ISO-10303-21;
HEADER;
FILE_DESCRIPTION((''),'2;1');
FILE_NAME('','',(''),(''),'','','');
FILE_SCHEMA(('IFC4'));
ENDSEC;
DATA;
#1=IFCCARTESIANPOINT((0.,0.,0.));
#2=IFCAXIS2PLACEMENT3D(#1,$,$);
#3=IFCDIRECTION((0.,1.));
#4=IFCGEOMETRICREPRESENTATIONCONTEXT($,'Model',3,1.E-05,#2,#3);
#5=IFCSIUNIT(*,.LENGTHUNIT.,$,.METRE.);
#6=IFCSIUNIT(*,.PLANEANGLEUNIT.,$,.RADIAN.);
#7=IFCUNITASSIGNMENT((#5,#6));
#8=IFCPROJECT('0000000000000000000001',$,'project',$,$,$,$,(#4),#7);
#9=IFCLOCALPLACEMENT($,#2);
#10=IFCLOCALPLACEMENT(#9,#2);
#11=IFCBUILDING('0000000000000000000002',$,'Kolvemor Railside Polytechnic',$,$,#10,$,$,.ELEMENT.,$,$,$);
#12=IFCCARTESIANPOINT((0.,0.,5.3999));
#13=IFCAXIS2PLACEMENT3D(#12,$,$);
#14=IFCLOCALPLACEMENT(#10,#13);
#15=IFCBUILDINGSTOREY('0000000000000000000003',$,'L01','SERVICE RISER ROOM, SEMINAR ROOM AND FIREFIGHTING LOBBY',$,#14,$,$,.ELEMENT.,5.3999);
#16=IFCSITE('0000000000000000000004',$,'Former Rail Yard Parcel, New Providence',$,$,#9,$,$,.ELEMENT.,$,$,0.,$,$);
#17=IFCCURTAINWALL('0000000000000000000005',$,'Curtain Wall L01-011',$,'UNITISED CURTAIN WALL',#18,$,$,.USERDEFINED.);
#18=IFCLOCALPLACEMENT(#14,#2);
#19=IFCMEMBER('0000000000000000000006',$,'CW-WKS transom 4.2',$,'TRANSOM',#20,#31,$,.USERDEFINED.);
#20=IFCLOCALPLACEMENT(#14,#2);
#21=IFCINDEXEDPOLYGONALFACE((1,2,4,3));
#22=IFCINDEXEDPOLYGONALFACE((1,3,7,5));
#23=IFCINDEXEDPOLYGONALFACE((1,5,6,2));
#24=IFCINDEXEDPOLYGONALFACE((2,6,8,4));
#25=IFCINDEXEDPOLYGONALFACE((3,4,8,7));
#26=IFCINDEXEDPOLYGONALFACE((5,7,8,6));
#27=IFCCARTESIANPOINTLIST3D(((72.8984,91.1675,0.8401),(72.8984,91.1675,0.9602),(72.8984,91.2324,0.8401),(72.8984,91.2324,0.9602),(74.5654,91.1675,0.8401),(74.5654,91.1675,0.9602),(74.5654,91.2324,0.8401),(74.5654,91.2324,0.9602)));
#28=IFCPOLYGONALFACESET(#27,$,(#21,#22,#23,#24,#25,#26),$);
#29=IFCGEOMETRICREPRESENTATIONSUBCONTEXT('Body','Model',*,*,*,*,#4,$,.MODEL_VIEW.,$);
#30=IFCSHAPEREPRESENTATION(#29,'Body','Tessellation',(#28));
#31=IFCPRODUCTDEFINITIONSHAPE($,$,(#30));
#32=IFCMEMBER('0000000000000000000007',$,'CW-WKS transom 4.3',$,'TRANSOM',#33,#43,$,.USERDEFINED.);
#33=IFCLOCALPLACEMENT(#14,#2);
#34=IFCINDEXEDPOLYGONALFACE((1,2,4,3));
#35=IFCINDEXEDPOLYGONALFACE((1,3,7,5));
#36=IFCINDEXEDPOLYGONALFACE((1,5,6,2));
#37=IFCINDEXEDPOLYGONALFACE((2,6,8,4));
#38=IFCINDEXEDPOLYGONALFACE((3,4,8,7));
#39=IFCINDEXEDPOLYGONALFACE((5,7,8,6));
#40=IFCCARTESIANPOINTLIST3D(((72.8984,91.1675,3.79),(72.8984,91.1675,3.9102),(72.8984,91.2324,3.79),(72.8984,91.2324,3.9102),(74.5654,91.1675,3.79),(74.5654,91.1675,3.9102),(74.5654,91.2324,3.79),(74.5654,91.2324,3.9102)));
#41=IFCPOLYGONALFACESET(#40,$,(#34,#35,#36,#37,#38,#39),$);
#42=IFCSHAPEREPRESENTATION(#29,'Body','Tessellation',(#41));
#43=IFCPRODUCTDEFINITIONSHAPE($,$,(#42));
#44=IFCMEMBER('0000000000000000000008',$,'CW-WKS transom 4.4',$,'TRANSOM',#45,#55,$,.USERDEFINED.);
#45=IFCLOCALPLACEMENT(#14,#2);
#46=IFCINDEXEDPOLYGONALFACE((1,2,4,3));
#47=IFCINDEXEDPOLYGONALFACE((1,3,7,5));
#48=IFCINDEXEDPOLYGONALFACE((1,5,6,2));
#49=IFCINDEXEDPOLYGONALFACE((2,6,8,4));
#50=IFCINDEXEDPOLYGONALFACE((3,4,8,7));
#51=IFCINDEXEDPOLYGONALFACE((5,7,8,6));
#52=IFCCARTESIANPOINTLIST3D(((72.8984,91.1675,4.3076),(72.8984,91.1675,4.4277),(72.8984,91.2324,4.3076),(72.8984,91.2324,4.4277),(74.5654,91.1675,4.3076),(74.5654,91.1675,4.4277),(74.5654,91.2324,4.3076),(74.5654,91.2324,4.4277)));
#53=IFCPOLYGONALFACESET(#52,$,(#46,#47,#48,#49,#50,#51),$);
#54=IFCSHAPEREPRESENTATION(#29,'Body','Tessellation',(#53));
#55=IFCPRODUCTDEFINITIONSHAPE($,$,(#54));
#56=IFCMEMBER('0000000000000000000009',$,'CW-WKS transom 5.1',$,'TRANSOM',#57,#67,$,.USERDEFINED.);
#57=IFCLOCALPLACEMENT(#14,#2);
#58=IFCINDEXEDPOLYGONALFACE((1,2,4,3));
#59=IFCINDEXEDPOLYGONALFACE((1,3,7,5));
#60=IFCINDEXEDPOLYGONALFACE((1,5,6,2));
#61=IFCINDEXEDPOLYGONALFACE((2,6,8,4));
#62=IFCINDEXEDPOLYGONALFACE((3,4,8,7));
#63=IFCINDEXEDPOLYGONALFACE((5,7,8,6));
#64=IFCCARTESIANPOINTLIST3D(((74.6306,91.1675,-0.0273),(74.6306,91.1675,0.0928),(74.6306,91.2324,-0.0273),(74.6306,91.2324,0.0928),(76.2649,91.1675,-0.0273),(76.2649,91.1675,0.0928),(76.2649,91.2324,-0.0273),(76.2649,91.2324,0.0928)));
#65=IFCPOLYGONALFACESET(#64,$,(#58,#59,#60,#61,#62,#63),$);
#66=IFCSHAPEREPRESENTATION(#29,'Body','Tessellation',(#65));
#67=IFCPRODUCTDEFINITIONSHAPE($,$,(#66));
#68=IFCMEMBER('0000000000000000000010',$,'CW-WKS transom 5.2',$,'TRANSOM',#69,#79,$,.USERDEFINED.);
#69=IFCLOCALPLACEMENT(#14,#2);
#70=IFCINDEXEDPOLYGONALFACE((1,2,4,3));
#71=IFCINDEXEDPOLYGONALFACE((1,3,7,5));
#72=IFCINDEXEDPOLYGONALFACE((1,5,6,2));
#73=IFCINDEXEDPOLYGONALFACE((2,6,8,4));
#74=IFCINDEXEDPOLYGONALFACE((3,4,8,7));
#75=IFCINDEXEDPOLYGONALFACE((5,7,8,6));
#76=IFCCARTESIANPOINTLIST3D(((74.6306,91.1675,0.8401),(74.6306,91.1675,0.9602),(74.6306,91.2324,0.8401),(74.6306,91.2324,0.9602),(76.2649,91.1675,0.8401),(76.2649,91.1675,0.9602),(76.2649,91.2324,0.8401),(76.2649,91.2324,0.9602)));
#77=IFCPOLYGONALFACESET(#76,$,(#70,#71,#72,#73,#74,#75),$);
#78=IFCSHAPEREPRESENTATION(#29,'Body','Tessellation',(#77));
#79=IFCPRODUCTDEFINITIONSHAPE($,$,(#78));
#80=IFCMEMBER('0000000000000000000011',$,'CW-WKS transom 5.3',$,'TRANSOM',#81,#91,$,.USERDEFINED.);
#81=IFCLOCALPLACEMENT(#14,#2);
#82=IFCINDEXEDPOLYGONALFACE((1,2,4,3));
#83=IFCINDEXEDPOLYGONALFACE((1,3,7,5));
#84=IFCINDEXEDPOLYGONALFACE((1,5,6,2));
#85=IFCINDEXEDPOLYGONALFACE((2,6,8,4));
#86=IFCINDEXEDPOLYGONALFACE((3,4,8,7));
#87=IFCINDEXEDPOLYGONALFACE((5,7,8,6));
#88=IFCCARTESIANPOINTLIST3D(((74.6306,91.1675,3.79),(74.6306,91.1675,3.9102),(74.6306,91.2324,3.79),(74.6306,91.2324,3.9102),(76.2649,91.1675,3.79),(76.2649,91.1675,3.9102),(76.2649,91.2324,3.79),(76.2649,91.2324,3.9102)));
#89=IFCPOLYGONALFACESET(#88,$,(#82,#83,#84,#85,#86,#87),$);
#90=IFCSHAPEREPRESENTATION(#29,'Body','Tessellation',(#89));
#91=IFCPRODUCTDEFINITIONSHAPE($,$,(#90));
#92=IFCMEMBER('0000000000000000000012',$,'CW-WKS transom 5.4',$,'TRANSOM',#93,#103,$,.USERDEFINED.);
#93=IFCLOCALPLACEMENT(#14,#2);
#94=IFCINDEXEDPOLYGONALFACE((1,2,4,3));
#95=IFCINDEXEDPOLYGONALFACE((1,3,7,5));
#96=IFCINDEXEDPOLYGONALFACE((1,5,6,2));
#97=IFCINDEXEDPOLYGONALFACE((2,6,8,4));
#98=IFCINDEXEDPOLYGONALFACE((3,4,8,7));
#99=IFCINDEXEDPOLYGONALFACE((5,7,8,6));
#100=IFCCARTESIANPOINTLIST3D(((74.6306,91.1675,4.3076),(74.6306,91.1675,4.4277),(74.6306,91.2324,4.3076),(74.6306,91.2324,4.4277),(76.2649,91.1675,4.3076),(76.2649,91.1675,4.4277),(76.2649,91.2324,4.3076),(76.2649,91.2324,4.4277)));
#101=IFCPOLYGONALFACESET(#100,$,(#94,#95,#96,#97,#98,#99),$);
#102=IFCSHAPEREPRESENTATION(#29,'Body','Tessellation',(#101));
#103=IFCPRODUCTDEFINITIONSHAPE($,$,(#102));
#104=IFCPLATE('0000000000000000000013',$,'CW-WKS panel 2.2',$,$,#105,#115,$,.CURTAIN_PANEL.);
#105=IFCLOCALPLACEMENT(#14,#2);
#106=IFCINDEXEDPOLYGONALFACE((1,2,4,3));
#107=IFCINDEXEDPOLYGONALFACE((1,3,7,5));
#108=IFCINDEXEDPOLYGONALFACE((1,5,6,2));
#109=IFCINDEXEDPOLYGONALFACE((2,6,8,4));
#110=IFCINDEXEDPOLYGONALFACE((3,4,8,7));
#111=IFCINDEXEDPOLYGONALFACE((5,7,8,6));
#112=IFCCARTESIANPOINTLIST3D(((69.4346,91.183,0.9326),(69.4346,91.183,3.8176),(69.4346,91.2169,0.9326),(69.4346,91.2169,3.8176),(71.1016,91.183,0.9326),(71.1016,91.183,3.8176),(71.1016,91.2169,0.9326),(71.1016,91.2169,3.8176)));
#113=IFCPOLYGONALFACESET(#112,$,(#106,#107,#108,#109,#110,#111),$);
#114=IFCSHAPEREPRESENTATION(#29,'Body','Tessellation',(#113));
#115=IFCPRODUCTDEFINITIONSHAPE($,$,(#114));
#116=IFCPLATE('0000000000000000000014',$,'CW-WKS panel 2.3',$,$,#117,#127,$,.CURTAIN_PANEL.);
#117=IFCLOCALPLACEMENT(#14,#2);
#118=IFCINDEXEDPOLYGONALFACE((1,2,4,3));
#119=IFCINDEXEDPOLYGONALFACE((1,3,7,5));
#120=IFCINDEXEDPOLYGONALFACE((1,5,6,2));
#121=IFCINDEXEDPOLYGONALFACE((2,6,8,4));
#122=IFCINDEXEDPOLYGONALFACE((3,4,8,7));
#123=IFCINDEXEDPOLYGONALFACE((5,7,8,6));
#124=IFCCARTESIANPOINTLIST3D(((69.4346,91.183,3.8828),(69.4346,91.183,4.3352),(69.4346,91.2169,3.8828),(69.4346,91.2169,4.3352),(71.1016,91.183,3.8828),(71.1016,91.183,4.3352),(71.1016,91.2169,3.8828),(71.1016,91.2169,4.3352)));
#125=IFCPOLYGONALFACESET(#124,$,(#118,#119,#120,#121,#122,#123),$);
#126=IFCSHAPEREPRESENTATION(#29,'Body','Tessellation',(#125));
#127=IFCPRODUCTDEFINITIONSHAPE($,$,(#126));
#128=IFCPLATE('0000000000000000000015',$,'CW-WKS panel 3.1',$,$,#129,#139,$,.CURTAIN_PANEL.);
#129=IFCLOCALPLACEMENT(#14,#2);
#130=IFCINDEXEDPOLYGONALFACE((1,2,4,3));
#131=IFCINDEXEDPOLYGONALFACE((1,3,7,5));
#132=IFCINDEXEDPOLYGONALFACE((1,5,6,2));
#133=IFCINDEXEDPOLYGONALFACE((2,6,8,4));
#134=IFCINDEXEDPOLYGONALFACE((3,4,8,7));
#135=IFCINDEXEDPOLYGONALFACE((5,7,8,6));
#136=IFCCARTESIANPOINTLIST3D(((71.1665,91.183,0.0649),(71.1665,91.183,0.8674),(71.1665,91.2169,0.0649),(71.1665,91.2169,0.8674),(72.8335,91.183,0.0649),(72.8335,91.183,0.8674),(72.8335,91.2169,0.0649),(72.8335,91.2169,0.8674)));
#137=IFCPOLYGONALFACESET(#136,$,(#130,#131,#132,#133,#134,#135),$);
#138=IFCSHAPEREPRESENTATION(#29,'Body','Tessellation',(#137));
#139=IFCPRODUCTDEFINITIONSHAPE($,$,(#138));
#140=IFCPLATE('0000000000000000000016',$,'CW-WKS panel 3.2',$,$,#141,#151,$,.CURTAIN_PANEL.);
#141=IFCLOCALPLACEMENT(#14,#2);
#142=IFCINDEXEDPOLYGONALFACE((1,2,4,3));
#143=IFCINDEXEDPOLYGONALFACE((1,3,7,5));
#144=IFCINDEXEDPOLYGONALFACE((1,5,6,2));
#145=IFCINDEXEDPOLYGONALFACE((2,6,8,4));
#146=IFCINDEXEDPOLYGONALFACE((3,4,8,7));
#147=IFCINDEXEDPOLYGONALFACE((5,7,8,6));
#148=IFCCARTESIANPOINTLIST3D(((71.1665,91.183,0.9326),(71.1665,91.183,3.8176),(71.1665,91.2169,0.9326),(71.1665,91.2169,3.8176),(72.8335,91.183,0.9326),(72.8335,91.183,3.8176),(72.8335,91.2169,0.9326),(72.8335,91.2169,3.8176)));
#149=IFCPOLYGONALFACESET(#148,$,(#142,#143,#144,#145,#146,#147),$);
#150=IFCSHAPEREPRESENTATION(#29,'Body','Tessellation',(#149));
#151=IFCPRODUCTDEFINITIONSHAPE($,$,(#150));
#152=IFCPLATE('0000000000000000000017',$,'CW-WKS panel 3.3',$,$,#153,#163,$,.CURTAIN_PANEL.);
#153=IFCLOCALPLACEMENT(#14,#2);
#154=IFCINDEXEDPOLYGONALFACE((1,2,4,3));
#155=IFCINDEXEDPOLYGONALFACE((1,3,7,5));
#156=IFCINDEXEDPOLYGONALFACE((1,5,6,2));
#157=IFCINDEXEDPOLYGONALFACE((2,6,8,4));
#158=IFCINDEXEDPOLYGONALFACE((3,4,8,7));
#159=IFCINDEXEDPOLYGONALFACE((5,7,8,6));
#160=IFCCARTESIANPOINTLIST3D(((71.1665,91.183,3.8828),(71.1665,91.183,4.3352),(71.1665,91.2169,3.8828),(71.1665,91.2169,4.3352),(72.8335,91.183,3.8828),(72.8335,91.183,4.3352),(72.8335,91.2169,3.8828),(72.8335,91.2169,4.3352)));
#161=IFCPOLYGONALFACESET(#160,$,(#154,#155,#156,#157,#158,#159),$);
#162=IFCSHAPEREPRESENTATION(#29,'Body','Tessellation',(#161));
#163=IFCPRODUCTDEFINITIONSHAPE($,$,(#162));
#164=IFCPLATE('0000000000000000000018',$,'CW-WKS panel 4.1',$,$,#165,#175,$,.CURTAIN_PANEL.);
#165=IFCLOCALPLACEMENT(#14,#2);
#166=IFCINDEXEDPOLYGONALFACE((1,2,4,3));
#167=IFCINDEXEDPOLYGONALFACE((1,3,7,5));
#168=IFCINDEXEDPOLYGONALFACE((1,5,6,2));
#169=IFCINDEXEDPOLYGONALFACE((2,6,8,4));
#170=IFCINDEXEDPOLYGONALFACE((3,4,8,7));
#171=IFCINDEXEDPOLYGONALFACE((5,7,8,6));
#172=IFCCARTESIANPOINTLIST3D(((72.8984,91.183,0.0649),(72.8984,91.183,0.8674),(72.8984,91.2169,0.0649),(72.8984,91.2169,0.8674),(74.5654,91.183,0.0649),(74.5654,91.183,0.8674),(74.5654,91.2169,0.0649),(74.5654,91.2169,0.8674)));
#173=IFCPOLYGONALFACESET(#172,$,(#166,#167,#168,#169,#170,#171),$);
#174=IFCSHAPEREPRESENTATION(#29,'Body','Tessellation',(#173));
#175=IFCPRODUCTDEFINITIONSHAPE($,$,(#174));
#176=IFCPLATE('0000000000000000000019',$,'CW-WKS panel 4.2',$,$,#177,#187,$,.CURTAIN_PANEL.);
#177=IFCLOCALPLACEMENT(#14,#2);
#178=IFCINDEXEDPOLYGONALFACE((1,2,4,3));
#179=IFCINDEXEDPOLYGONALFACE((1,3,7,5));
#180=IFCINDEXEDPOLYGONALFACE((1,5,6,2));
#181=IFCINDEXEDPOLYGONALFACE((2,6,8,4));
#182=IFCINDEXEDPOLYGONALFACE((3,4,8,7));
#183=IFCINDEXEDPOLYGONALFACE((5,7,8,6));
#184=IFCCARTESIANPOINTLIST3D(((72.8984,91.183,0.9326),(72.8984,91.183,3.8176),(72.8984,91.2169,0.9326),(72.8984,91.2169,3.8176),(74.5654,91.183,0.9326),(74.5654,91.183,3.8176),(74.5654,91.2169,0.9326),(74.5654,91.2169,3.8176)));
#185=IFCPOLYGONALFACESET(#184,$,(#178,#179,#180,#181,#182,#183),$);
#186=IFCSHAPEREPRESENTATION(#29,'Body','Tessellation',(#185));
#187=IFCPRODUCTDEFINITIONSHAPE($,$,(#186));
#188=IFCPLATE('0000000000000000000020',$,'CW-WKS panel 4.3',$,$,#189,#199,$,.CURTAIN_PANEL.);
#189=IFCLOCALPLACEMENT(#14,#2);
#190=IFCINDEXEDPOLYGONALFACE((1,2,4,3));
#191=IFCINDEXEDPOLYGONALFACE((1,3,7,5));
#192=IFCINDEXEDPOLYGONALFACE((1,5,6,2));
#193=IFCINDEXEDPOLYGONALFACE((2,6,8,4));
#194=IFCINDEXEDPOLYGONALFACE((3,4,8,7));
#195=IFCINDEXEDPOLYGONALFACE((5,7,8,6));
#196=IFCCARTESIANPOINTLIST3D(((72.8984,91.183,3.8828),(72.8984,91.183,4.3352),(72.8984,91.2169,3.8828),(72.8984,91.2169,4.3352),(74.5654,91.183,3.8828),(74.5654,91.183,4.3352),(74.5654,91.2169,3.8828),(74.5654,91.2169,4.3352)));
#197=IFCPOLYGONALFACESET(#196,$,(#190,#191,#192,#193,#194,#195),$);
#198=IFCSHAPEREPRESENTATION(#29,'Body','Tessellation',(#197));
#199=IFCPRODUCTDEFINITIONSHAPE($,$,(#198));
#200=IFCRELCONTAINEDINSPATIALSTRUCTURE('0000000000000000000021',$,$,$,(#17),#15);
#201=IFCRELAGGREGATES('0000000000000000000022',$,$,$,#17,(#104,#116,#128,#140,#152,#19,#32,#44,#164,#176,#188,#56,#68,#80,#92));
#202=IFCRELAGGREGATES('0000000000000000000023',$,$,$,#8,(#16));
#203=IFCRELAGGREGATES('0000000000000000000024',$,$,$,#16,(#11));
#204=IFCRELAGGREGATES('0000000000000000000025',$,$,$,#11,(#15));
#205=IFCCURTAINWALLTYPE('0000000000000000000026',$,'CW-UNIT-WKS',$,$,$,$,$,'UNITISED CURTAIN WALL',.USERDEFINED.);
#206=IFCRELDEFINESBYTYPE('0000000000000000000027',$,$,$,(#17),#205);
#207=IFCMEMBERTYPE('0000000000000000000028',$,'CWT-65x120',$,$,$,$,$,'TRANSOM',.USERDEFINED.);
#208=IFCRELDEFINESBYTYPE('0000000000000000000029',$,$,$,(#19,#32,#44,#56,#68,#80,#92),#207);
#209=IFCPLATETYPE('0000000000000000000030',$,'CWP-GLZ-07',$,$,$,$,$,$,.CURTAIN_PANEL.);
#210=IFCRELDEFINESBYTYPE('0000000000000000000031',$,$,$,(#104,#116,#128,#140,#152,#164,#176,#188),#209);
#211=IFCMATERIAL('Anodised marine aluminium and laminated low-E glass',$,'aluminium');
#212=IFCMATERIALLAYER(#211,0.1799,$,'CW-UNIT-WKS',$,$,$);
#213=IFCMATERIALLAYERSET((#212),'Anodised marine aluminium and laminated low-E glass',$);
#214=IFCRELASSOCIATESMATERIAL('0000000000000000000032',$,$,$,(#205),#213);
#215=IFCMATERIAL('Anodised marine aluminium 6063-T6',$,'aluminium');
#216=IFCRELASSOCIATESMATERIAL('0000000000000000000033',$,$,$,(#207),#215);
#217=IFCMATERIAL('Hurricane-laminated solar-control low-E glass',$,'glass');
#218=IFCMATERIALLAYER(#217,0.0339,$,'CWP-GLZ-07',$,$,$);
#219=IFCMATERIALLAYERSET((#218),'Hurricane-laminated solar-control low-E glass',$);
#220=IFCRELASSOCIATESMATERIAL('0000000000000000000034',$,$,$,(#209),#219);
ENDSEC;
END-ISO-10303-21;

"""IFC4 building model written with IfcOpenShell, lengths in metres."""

from ifc_helpers import new_model, si_unit, direction, frame, origin, origin_2d, place, context, subcontext, project, spatial, rectangle, extrude, material, layer, layer_set, material_profile, profile_set, type_object, element, aggregate, save


model = new_model("IFC4")

# Units and contexts
model_context = context("Model", 3, precision=1e-05, world=origin(), true_north=direction((0.0, 1.0)))
body_context = subcontext(model_context, "Body", "Model", "MODEL_VIEW")
ifc_project = project(units=[si_unit("LENGTHUNIT", "METRE"), si_unit("PLANEANGLEUNIT", "RADIAN")], contexts=[model_context])

# Site, building, storey
site_placement = place(None, origin())
site = spatial("IfcSite", under=ifc_project, at=site_placement, Name="Former Rail Yard Parcel, New Providence", CompositionType="ELEMENT", RefElevation=0.0)
building_placement = place(site_placement, origin())
building = spatial("IfcBuilding", under=site, at=building_placement, Name="Kolvemor Railside Polytechnic", CompositionType="ELEMENT")
storey_placement = place(building_placement, frame((0.0, 0.0, 5.3999)))
storey = spatial("IfcBuildingStorey", under=building, at=storey_placement, Name="L01", Description="SERVICE RISER ROOM, SEMINAR ROOM AND FIREFIGHTING LOBBY", CompositionType="ELEMENT", Elevation=5.3999)

# Curtain wall, members, plates
ifc_material_1 = material(Name="Anodised marine aluminium and laminated low-E glass", Category="aluminium")
ifc_layer_1 = layer(ifc_material_1, 0.1799, Name="CW-UNIT-WKS")
ifc_layer_set_1 = layer_set([ifc_layer_1], Name="Anodised marine aluminium and laminated low-E glass")
curtain_wall_type = type_object("IfcCurtainWallType", Name="CW-UNIT-WKS", ElementType="UNITISED CURTAIN WALL", PredefinedType="USERDEFINED", material=ifc_layer_set_1)
curtain_wall_placement = place(storey_placement, origin())
curtain_wall = element("IfcCurtainWall", 1, at=curtain_wall_placement, inside=storey, type_object=curtain_wall_type, Name="Curtain Wall L01-011", ObjectType="UNITISED CURTAIN WALL", PredefinedType="USERDEFINED")
ifc_material_2 = material(Name="Anodised marine aluminium 6063-T6", Category="aluminium")
ifc_material_profile_1 = material_profile(ifc_material_2, rectangle(XDim=0.0649, YDim=0.1201, at=origin_2d()), Name="CW-TRN-65x120")
ifc_profile_set_1 = profile_set([ifc_material_profile_1], Name="Anodised marine aluminium 6063-T6")
member_type_1 = type_object("IfcMemberType", Name="CWT-65x120", ElementType="TRANSOM", PredefinedType="USERDEFINED", material=ifc_profile_set_1)
member_1_placement = place(storey_placement, frame((72.8984, 91.2, 0.9001), z_axis=(1.0, 0.0, 0.0), x_axis=(0.0, 1.0, 0.0)))
member_1 = element("IfcMember", 2, at=member_1_placement, type_object=member_type_1, Name="CW-WKS transom 4.2", ObjectType="TRANSOM", PredefinedType="USERDEFINED", context=body_context, shape_type="SweptSolid", body=[
    extrude(rectangle(XDim=0.0649, YDim=0.1201, at=origin_2d()), origin(), (0.0, 0.0, 1.0), 1.667),
])
member_2_placement = place(storey_placement, frame((72.8984, 91.2, 3.8501), z_axis=(1.0, 0.0, 0.0), x_axis=(0.0, 1.0, 0.0)))
member_2 = element("IfcMember", 3, at=member_2_placement, type_object=member_type_1, Name="CW-WKS transom 4.3", ObjectType="TRANSOM", PredefinedType="USERDEFINED", context=body_context, shape_type="SweptSolid", body=[
    extrude(rectangle(XDim=0.0649, YDim=0.1201, at=origin_2d()), origin(), (0.0, 0.0, 1.0), 1.667),
])
member_3_placement = place(storey_placement, frame((72.8984, 91.2, 4.3677), z_axis=(1.0, 0.0, 0.0), x_axis=(0.0, 1.0, 0.0)))
member_3 = element("IfcMember", 4, at=member_3_placement, type_object=member_type_1, Name="CW-WKS transom 4.4", ObjectType="TRANSOM", PredefinedType="USERDEFINED", context=body_context, shape_type="SweptSolid", body=[
    extrude(rectangle(XDim=0.0649, YDim=0.1201, at=origin_2d()), origin(), (0.0, 0.0, 1.0), 1.667),
])
member_4_placement = place(storey_placement, frame((74.6306, 91.2, 0.0327), z_axis=(1.0, 0.0, 0.0), x_axis=(0.0, 1.0, 0.0)))
member_4 = element("IfcMember", 5, at=member_4_placement, type_object=member_type_1, Name="CW-WKS transom 5.1", ObjectType="TRANSOM", PredefinedType="USERDEFINED", context=body_context, shape_type="SweptSolid", body=[
    extrude(rectangle(XDim=0.0649, YDim=0.1201, at=origin_2d()), origin(), (0.0, 0.0, 1.0), 1.6343),
])
member_5_placement = place(storey_placement, frame((74.6306, 91.2, 0.9001), z_axis=(1.0, 0.0, 0.0), x_axis=(0.0, 1.0, 0.0)))
member_5 = element("IfcMember", 6, at=member_5_placement, type_object=member_type_1, Name="CW-WKS transom 5.2", ObjectType="TRANSOM", PredefinedType="USERDEFINED", context=body_context, shape_type="SweptSolid", body=[
    extrude(rectangle(XDim=0.0649, YDim=0.1201, at=origin_2d()), origin(), (0.0, 0.0, 1.0), 1.6343),
])
member_6_placement = place(storey_placement, frame((74.6306, 91.2, 3.8501), z_axis=(1.0, 0.0, 0.0), x_axis=(0.0, 1.0, 0.0)))
member_6 = element("IfcMember", 7, at=member_6_placement, type_object=member_type_1, Name="CW-WKS transom 5.3", ObjectType="TRANSOM", PredefinedType="USERDEFINED", context=body_context, shape_type="SweptSolid", body=[
    extrude(rectangle(XDim=0.0649, YDim=0.1201, at=origin_2d()), origin(), (0.0, 0.0, 1.0), 1.6343),
])
member_7_placement = place(storey_placement, frame((74.6306, 91.2, 4.3677), z_axis=(1.0, 0.0, 0.0), x_axis=(0.0, 1.0, 0.0)))
member_7 = element("IfcMember", 8, at=member_7_placement, type_object=member_type_1, Name="CW-WKS transom 5.4", ObjectType="TRANSOM", PredefinedType="USERDEFINED", context=body_context, shape_type="SweptSolid", body=[
    extrude(rectangle(XDim=0.0649, YDim=0.1201, at=origin_2d()), origin(), (0.0, 0.0, 1.0), 1.6343),
])
ifc_material_3 = material(Name="Hurricane-laminated solar-control low-E glass", Category="glass")
ifc_layer_2 = layer(ifc_material_3, 0.0339, Name="CWP-GLZ-07")
ifc_layer_set_2 = layer_set([ifc_layer_2], Name="Hurricane-laminated solar-control low-E glass")
plate_type = type_object("IfcPlateType", Name="CWP-GLZ-07", PredefinedType="CURTAIN_PANEL", material=ifc_layer_set_2)
plate_1_placement = place(storey_placement, frame((70.2681, 91.2, 0.9326), z_axis=(0.0, 0.0, 1.0), x_axis=(1.0, 0.0, 0.0)))
plate_1 = element("IfcPlate", 9, at=plate_1_placement, type_object=plate_type, Name="CW-WKS panel 2.2", PredefinedType="CURTAIN_PANEL", context=body_context, shape_type="SweptSolid", body=[
    extrude(rectangle(XDim=1.667, YDim=0.0339, at=origin_2d()), origin(), (0.0, 0.0, 1.0), 2.885),
])
plate_2_placement = place(storey_placement, frame((70.2681, 91.2, 3.8828), z_axis=(0.0, 0.0, 1.0), x_axis=(1.0, 0.0, 0.0)))
plate_2 = element("IfcPlate", 10, at=plate_2_placement, type_object=plate_type, Name="CW-WKS panel 2.3", PredefinedType="CURTAIN_PANEL", context=body_context, shape_type="SweptSolid", body=[
    extrude(rectangle(XDim=1.667, YDim=0.0339, at=origin_2d()), origin(), (0.0, 0.0, 1.0), 0.4524),
])
plate_3_placement = place(storey_placement, frame((72.0, 91.2, 0.0649), z_axis=(0.0, 0.0, 1.0), x_axis=(1.0, 0.0, 0.0)))
plate_3 = element("IfcPlate", 11, at=plate_3_placement, type_object=plate_type, Name="CW-WKS panel 3.1", PredefinedType="CURTAIN_PANEL", context=body_context, shape_type="SweptSolid", body=[
    extrude(rectangle(XDim=1.667, YDim=0.0339, at=origin_2d()), origin(), (0.0, 0.0, 1.0), 0.8025),
])
plate_4_placement = place(storey_placement, frame((72.0, 91.2, 0.9326), z_axis=(0.0, 0.0, 1.0), x_axis=(1.0, 0.0, 0.0)))
plate_4 = element("IfcPlate", 12, at=plate_4_placement, type_object=plate_type, Name="CW-WKS panel 3.2", PredefinedType="CURTAIN_PANEL", context=body_context, shape_type="SweptSolid", body=[
    extrude(rectangle(XDim=1.667, YDim=0.0339, at=origin_2d()), origin(), (0.0, 0.0, 1.0), 2.885),
])
plate_5_placement = place(storey_placement, frame((72.0, 91.2, 3.8828), z_axis=(0.0, 0.0, 1.0), x_axis=(1.0, 0.0, 0.0)))
plate_5 = element("IfcPlate", 13, at=plate_5_placement, type_object=plate_type, Name="CW-WKS panel 3.3", PredefinedType="CURTAIN_PANEL", context=body_context, shape_type="SweptSolid", body=[
    extrude(rectangle(XDim=1.667, YDim=0.0339, at=origin_2d()), origin(), (0.0, 0.0, 1.0), 0.4524),
])
plate_6_placement = place(storey_placement, frame((73.7319, 91.2, 0.0649), z_axis=(0.0, 0.0, 1.0), x_axis=(1.0, 0.0, 0.0)))
plate_6 = element("IfcPlate", 14, at=plate_6_placement, type_object=plate_type, Name="CW-WKS panel 4.1", PredefinedType="CURTAIN_PANEL", context=body_context, shape_type="SweptSolid", body=[
    extrude(rectangle(XDim=1.667, YDim=0.0339, at=origin_2d()), origin(), (0.0, 0.0, 1.0), 0.8025),
])
plate_7_placement = place(storey_placement, frame((73.7319, 91.2, 0.9326), z_axis=(0.0, 0.0, 1.0), x_axis=(1.0, 0.0, 0.0)))
plate_7 = element("IfcPlate", 15, at=plate_7_placement, type_object=plate_type, Name="CW-WKS panel 4.2", PredefinedType="CURTAIN_PANEL", context=body_context, shape_type="SweptSolid", body=[
    extrude(rectangle(XDim=1.667, YDim=0.0339, at=origin_2d()), origin(), (0.0, 0.0, 1.0), 2.885),
])
plate_8_placement = place(storey_placement, frame((73.7319, 91.2, 3.8828), z_axis=(0.0, 0.0, 1.0), x_axis=(1.0, 0.0, 0.0)))
plate_8 = element("IfcPlate", 16, at=plate_8_placement, type_object=plate_type, Name="CW-WKS panel 4.3", PredefinedType="CURTAIN_PANEL", context=body_context, shape_type="SweptSolid", body=[
    extrude(rectangle(XDim=1.667, YDim=0.0339, at=origin_2d()), origin(), (0.0, 0.0, 1.0), 0.4524),
])
aggregate(curtain_wall, [plate_1, plate_2, plate_3, plate_4, plate_5, member_1, member_2, member_3, plate_6, plate_7, plate_8, member_4, member_5, member_6, member_7])

save(model, "model.ifc")
